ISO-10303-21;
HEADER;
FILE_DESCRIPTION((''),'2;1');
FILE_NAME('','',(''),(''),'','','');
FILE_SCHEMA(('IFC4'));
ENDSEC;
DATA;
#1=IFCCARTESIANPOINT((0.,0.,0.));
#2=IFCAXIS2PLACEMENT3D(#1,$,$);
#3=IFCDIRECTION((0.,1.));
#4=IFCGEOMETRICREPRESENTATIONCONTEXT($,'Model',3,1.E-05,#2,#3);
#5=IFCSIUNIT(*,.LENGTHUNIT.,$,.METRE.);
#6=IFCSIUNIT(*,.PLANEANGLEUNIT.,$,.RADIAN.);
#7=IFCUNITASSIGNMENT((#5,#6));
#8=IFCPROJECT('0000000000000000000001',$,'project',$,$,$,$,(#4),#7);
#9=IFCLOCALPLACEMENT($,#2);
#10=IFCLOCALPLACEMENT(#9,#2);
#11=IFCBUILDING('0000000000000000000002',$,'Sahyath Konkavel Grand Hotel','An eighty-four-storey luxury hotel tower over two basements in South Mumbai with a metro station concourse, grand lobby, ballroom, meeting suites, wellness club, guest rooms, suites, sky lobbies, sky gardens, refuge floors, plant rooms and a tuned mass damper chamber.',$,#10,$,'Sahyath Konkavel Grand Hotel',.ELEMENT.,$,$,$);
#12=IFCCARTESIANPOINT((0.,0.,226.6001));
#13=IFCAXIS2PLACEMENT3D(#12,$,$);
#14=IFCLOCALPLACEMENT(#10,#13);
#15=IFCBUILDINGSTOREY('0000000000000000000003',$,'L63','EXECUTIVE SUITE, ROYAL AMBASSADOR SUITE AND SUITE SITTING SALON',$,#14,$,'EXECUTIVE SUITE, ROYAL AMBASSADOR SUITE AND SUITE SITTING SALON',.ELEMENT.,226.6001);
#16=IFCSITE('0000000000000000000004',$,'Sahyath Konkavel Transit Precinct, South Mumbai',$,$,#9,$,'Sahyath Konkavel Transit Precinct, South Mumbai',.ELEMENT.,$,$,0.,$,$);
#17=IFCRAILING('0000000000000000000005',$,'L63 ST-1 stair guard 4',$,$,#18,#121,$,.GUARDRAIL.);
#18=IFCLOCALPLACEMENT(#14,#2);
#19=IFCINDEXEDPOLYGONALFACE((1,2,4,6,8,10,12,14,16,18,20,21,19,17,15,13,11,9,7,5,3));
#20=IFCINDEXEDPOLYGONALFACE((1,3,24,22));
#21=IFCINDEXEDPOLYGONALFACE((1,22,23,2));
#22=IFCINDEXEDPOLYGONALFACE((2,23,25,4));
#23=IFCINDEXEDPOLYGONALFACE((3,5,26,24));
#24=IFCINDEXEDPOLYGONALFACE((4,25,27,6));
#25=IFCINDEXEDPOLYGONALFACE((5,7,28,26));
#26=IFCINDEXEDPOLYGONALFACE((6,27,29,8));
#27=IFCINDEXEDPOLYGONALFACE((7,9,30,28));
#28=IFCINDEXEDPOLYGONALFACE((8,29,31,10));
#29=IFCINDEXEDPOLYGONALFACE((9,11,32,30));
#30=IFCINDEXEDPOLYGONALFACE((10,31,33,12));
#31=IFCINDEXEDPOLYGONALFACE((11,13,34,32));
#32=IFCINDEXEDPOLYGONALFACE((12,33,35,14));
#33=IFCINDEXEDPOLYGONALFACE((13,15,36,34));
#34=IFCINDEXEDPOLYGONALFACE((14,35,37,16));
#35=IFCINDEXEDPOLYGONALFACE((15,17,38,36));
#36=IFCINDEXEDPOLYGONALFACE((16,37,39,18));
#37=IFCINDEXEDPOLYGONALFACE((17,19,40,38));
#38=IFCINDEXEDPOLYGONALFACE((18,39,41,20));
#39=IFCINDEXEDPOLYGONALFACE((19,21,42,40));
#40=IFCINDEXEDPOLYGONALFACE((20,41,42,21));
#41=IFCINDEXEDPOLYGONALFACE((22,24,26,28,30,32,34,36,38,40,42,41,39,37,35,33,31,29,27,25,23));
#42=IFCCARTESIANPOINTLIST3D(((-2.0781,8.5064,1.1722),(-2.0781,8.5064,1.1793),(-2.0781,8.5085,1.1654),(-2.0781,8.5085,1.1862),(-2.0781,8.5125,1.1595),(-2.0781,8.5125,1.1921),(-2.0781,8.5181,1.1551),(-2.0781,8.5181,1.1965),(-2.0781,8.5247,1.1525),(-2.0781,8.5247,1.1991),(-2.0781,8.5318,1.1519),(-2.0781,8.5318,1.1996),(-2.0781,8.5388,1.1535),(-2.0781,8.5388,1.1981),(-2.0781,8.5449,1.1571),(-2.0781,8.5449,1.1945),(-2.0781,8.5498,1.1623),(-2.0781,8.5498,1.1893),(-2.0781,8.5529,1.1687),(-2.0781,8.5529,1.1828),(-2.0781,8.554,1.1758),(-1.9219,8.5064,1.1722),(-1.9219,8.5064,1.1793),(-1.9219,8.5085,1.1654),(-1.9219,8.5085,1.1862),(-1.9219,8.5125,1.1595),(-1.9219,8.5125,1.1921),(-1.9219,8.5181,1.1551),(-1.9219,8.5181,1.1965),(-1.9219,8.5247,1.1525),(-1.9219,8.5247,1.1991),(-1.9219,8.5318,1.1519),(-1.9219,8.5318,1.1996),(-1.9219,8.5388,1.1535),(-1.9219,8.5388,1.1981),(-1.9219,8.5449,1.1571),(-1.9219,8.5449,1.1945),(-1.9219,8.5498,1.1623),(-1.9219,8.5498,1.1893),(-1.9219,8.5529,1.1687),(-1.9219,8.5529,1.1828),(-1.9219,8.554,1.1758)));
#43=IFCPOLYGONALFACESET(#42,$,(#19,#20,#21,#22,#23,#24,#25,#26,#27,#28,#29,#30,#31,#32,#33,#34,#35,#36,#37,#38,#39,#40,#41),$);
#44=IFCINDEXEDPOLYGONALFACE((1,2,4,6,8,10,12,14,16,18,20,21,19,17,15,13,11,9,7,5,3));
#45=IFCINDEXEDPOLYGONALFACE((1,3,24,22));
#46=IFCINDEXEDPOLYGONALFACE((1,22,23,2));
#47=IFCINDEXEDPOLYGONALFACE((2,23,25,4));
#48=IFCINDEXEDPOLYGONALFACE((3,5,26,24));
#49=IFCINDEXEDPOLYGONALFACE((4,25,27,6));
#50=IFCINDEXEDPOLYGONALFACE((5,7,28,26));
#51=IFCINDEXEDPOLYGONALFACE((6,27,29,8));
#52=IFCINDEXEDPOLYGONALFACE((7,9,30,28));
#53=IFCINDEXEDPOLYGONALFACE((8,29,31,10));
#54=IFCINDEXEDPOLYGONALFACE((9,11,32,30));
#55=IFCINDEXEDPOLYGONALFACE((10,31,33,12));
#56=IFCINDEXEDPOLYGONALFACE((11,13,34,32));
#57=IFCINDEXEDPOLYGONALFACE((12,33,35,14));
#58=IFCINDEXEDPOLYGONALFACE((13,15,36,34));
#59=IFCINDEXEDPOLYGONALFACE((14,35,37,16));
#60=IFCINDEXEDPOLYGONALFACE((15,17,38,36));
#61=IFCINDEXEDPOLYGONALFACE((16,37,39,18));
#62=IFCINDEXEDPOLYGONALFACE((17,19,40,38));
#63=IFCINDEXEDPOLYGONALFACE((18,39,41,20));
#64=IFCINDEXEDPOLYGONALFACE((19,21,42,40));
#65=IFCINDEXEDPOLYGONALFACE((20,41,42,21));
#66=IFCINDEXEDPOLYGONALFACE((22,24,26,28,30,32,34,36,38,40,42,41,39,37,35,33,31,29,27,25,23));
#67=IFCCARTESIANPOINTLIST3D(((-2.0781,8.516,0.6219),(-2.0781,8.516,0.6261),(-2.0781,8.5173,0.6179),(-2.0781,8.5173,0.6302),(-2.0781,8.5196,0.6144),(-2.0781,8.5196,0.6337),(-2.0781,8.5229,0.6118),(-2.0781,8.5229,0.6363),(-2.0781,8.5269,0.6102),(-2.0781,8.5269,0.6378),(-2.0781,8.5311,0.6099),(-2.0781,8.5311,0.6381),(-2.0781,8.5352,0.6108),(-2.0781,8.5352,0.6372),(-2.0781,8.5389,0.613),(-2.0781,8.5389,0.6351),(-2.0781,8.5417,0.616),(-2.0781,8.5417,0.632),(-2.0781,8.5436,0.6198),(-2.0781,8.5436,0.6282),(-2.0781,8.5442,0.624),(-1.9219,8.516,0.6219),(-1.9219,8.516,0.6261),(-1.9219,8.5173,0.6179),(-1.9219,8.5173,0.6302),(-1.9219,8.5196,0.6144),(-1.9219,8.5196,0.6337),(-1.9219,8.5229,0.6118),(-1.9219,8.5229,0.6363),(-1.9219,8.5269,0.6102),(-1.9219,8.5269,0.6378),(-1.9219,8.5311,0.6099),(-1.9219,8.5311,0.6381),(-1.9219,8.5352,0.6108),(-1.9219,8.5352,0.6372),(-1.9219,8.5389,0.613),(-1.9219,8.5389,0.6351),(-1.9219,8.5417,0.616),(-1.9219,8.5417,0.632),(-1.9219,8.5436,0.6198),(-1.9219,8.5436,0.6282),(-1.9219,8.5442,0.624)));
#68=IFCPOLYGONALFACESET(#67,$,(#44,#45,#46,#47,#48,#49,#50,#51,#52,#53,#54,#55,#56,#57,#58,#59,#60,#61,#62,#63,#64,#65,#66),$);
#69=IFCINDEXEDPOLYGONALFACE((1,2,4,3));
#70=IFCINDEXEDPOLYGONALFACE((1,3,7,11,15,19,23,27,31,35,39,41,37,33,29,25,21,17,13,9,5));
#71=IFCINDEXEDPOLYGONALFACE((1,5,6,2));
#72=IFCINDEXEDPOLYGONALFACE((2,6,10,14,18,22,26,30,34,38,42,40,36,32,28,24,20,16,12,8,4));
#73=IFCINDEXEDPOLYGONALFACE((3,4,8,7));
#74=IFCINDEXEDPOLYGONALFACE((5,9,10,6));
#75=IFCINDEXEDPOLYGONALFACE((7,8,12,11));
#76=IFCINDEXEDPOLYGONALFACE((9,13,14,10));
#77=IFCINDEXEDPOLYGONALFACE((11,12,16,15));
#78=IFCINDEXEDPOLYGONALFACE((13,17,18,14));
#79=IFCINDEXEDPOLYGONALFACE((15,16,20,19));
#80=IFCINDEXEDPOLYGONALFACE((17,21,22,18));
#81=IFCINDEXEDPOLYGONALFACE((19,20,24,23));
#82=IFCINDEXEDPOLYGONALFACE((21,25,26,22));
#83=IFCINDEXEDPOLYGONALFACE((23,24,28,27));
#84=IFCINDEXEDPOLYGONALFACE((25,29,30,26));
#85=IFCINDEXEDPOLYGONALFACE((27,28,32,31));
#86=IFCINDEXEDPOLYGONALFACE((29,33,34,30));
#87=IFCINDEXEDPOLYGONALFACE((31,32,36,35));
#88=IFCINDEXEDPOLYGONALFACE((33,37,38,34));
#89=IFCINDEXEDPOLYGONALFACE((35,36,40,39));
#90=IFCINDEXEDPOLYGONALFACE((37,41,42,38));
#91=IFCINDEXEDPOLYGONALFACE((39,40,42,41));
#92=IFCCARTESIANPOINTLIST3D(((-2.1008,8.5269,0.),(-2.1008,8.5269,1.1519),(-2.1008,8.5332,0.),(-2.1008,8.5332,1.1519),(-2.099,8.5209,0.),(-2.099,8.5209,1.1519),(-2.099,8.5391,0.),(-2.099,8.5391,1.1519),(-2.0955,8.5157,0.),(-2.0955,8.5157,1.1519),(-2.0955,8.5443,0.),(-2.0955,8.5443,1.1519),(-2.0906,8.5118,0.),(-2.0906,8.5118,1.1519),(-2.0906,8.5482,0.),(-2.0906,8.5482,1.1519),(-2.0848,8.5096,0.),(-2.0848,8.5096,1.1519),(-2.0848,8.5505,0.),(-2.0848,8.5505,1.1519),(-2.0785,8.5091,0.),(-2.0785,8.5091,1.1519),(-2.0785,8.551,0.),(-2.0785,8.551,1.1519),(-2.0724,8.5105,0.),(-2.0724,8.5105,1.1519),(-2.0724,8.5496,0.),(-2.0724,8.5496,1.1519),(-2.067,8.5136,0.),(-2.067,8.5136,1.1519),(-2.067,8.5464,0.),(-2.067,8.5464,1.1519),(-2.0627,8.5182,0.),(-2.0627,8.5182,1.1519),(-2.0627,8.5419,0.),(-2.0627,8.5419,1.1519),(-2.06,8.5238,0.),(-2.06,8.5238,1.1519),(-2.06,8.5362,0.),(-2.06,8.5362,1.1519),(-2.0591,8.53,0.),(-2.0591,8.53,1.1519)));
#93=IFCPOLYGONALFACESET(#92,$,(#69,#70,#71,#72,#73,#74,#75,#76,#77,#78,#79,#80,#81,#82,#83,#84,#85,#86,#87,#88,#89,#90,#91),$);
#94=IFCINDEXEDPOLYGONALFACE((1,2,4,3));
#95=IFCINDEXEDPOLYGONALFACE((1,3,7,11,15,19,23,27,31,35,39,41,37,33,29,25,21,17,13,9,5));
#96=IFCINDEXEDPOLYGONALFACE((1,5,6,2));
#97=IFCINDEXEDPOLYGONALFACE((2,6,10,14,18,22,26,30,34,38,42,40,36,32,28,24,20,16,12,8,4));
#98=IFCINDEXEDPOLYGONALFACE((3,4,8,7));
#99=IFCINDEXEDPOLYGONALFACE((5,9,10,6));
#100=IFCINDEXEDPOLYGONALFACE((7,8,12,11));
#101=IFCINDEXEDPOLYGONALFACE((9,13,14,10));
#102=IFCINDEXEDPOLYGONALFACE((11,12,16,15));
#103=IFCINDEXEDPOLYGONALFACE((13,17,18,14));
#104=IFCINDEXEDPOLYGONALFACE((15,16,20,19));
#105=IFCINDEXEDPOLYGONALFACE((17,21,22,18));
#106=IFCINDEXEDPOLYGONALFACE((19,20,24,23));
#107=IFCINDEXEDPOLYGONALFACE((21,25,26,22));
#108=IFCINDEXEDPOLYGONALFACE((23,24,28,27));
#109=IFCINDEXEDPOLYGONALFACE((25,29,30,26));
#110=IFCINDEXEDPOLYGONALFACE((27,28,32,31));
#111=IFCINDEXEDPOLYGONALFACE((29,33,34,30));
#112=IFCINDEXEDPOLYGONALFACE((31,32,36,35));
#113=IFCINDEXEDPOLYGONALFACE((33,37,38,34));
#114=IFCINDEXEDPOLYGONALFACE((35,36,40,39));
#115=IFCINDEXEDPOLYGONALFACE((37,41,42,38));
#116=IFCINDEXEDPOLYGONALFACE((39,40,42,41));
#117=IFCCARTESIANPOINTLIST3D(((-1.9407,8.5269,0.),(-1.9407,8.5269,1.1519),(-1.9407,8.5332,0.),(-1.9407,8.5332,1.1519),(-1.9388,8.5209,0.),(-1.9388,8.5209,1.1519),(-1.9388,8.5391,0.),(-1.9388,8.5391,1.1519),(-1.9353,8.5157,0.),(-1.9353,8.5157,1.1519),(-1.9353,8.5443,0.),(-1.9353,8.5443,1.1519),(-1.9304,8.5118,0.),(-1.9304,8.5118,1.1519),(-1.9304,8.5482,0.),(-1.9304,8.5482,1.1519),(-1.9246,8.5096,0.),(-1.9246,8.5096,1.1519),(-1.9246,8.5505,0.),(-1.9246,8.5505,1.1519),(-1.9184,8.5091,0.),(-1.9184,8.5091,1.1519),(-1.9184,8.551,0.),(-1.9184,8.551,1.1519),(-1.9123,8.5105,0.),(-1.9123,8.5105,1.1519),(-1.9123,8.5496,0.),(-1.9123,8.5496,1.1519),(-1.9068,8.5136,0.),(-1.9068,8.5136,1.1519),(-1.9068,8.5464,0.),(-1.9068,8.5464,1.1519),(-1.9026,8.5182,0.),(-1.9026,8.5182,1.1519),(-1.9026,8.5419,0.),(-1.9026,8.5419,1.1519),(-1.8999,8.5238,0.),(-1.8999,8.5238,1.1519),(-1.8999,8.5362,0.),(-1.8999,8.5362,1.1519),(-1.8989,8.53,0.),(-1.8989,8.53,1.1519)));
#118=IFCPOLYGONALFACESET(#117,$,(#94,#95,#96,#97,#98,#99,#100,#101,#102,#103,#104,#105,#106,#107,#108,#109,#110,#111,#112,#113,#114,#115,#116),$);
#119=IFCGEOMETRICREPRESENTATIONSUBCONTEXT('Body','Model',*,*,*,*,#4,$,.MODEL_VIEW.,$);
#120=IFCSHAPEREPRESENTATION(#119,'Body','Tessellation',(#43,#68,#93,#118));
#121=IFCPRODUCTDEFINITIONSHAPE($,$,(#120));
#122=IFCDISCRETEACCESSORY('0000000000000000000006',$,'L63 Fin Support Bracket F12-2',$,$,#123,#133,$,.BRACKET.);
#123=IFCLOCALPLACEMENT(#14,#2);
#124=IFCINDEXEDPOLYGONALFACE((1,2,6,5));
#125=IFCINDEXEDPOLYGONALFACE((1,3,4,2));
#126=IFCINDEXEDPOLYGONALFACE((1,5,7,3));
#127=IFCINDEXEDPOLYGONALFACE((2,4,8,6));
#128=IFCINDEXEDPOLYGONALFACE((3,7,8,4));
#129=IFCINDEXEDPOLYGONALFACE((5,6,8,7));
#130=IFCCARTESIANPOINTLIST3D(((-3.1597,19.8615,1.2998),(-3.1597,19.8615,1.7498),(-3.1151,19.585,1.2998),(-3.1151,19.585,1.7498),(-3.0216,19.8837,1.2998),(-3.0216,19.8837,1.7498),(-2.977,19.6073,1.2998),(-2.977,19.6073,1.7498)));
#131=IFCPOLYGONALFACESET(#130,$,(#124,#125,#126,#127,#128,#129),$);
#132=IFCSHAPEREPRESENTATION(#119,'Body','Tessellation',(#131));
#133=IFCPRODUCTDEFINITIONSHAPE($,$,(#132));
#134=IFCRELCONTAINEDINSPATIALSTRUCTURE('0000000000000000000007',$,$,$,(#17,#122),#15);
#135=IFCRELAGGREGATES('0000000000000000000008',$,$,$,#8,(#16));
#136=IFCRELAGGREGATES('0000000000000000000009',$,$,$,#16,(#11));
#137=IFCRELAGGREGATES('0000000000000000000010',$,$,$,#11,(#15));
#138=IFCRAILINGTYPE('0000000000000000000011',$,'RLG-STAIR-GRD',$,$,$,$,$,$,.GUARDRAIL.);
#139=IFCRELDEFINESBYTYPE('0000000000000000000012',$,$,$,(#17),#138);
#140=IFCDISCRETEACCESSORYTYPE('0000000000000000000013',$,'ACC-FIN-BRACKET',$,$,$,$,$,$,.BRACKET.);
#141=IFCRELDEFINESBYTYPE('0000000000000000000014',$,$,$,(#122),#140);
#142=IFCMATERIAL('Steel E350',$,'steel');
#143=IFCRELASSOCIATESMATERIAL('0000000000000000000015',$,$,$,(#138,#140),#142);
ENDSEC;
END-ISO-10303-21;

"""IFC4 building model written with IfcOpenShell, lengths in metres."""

from ifc_helpers import new_model, si_unit, direction, frame, origin, origin_2d, place, context, subcontext, project, spatial, rectangle, circle, extrude, source, transform, mapped, material, type_object, element, save


model = new_model("IFC4")

# Units and contexts
model_context = context("Model", 3, precision=1e-05, world=origin(), true_north=direction((0.0, 1.0)))
body_context = subcontext(model_context, "Body", "Model", "MODEL_VIEW")
ifc_project = project(units=[si_unit("LENGTHUNIT", "METRE"), si_unit("PLANEANGLEUNIT", "RADIAN")], contexts=[model_context])

# Site, building, storey
site_placement = place(None, origin())
site = spatial("IfcSite", under=ifc_project, at=site_placement, Name="Sahyath Konkavel Transit Precinct, South Mumbai", LongName="Sahyath Konkavel Transit Precinct, South Mumbai", CompositionType="ELEMENT", RefElevation=0.0)
building_placement = place(site_placement, origin())
building = spatial("IfcBuilding", under=site, at=building_placement, Name="Sahyath Konkavel Grand Hotel", Description="An eighty-four-storey luxury hotel tower over two basements in South Mumbai with a metro station concourse, grand lobby, ballroom, meeting suites, wellness club, guest rooms, suites, sky lobbies, sky gardens, refuge floors, plant rooms and a tuned mass damper chamber.", LongName="Sahyath Konkavel Grand Hotel", CompositionType="ELEMENT")
storey_placement = place(building_placement, frame((0.0, 0.0, 226.6001)))
storey = spatial("IfcBuildingStorey", under=building, at=storey_placement, Name="L63", Description="EXECUTIVE SUITE, ROYAL AMBASSADOR SUITE AND SUITE SITTING SALON", LongName="EXECUTIVE SUITE, ROYAL AMBASSADOR SUITE AND SUITE SITTING SALON", CompositionType="ELEMENT", Elevation=226.6001)

# Shared definitions
ifc_material_1 = material(Name="Steel E350", Category="steel")

# Railing
railing_type = type_object("IfcRailingType", Name="RLG-STAIR-GRD", PredefinedType="GUARDRAIL", material=ifc_material_1)
railing_1_placement = place(storey_placement, frame((-2.0801, 8.53, 0.0)))
element("IfcRailing", 1, at=railing_1_placement, inside=storey, type_object=railing_type, Name="L63 ST-1 stair guard 4", PredefinedType="GUARDRAIL", context=body_context, shape_type="SweptSolid", body=[
    extrude(circle(Radius=0.0239, at=origin_2d()), frame((0.002, 0.0, 1.1758), z_axis=(1.0, 0.0, 0.0), x_axis=(0.0, 1.0, 0.0)), (0.0, 0.0, 1.0), 0.1562),
    extrude(circle(Radius=0.0142, at=origin_2d()), frame((0.002, 0.0, 0.624), z_axis=(1.0, 0.0, 0.0), x_axis=(0.0, 1.0, 0.0)), (0.0, 0.0, 1.0), 0.1562),
    extrude(circle(Radius=0.021, at=origin_2d()), origin(), (0.0, 0.0, 1.0), 1.1519),
    extrude(circle(Radius=0.021, at=origin_2d()), frame((0.1602, 0.0, 0.0)), (0.0, 0.0, 1.0), 1.1519),
])

# Discrete accessory
discrete_accessory_type = type_object("IfcDiscreteAccessoryType", Name="ACC-FIN-BRACKET", PredefinedType="BRACKET", material=ifc_material_1)
shared_shape_1 = source(origin(), body_context, "Body", "SweptSolid", [
    extrude(rectangle(XDim=0.28, YDim=0.1399, at=origin_2d()), origin(), (0.0, 0.0, 1.0), 0.45),
])
discrete_accessory_placement = place(storey_placement, frame((-3.0684, 19.7344, 1.2998), z_axis=(0.0, 0.0, 1.0), x_axis=(-0.159364, 0.98722, 0.0)))
element("IfcDiscreteAccessory", 2, at=discrete_accessory_placement, inside=storey, type_object=discrete_accessory_type, Name="L63 Fin Support Bracket F12-2", PredefinedType="BRACKET", context=body_context, shape_type="MappedRepresentation", body=[
    mapped(shared_shape_1, transform((0.0, 0.0, 0.0), scale=1.0)),
])

save(model, "model.ifc")
